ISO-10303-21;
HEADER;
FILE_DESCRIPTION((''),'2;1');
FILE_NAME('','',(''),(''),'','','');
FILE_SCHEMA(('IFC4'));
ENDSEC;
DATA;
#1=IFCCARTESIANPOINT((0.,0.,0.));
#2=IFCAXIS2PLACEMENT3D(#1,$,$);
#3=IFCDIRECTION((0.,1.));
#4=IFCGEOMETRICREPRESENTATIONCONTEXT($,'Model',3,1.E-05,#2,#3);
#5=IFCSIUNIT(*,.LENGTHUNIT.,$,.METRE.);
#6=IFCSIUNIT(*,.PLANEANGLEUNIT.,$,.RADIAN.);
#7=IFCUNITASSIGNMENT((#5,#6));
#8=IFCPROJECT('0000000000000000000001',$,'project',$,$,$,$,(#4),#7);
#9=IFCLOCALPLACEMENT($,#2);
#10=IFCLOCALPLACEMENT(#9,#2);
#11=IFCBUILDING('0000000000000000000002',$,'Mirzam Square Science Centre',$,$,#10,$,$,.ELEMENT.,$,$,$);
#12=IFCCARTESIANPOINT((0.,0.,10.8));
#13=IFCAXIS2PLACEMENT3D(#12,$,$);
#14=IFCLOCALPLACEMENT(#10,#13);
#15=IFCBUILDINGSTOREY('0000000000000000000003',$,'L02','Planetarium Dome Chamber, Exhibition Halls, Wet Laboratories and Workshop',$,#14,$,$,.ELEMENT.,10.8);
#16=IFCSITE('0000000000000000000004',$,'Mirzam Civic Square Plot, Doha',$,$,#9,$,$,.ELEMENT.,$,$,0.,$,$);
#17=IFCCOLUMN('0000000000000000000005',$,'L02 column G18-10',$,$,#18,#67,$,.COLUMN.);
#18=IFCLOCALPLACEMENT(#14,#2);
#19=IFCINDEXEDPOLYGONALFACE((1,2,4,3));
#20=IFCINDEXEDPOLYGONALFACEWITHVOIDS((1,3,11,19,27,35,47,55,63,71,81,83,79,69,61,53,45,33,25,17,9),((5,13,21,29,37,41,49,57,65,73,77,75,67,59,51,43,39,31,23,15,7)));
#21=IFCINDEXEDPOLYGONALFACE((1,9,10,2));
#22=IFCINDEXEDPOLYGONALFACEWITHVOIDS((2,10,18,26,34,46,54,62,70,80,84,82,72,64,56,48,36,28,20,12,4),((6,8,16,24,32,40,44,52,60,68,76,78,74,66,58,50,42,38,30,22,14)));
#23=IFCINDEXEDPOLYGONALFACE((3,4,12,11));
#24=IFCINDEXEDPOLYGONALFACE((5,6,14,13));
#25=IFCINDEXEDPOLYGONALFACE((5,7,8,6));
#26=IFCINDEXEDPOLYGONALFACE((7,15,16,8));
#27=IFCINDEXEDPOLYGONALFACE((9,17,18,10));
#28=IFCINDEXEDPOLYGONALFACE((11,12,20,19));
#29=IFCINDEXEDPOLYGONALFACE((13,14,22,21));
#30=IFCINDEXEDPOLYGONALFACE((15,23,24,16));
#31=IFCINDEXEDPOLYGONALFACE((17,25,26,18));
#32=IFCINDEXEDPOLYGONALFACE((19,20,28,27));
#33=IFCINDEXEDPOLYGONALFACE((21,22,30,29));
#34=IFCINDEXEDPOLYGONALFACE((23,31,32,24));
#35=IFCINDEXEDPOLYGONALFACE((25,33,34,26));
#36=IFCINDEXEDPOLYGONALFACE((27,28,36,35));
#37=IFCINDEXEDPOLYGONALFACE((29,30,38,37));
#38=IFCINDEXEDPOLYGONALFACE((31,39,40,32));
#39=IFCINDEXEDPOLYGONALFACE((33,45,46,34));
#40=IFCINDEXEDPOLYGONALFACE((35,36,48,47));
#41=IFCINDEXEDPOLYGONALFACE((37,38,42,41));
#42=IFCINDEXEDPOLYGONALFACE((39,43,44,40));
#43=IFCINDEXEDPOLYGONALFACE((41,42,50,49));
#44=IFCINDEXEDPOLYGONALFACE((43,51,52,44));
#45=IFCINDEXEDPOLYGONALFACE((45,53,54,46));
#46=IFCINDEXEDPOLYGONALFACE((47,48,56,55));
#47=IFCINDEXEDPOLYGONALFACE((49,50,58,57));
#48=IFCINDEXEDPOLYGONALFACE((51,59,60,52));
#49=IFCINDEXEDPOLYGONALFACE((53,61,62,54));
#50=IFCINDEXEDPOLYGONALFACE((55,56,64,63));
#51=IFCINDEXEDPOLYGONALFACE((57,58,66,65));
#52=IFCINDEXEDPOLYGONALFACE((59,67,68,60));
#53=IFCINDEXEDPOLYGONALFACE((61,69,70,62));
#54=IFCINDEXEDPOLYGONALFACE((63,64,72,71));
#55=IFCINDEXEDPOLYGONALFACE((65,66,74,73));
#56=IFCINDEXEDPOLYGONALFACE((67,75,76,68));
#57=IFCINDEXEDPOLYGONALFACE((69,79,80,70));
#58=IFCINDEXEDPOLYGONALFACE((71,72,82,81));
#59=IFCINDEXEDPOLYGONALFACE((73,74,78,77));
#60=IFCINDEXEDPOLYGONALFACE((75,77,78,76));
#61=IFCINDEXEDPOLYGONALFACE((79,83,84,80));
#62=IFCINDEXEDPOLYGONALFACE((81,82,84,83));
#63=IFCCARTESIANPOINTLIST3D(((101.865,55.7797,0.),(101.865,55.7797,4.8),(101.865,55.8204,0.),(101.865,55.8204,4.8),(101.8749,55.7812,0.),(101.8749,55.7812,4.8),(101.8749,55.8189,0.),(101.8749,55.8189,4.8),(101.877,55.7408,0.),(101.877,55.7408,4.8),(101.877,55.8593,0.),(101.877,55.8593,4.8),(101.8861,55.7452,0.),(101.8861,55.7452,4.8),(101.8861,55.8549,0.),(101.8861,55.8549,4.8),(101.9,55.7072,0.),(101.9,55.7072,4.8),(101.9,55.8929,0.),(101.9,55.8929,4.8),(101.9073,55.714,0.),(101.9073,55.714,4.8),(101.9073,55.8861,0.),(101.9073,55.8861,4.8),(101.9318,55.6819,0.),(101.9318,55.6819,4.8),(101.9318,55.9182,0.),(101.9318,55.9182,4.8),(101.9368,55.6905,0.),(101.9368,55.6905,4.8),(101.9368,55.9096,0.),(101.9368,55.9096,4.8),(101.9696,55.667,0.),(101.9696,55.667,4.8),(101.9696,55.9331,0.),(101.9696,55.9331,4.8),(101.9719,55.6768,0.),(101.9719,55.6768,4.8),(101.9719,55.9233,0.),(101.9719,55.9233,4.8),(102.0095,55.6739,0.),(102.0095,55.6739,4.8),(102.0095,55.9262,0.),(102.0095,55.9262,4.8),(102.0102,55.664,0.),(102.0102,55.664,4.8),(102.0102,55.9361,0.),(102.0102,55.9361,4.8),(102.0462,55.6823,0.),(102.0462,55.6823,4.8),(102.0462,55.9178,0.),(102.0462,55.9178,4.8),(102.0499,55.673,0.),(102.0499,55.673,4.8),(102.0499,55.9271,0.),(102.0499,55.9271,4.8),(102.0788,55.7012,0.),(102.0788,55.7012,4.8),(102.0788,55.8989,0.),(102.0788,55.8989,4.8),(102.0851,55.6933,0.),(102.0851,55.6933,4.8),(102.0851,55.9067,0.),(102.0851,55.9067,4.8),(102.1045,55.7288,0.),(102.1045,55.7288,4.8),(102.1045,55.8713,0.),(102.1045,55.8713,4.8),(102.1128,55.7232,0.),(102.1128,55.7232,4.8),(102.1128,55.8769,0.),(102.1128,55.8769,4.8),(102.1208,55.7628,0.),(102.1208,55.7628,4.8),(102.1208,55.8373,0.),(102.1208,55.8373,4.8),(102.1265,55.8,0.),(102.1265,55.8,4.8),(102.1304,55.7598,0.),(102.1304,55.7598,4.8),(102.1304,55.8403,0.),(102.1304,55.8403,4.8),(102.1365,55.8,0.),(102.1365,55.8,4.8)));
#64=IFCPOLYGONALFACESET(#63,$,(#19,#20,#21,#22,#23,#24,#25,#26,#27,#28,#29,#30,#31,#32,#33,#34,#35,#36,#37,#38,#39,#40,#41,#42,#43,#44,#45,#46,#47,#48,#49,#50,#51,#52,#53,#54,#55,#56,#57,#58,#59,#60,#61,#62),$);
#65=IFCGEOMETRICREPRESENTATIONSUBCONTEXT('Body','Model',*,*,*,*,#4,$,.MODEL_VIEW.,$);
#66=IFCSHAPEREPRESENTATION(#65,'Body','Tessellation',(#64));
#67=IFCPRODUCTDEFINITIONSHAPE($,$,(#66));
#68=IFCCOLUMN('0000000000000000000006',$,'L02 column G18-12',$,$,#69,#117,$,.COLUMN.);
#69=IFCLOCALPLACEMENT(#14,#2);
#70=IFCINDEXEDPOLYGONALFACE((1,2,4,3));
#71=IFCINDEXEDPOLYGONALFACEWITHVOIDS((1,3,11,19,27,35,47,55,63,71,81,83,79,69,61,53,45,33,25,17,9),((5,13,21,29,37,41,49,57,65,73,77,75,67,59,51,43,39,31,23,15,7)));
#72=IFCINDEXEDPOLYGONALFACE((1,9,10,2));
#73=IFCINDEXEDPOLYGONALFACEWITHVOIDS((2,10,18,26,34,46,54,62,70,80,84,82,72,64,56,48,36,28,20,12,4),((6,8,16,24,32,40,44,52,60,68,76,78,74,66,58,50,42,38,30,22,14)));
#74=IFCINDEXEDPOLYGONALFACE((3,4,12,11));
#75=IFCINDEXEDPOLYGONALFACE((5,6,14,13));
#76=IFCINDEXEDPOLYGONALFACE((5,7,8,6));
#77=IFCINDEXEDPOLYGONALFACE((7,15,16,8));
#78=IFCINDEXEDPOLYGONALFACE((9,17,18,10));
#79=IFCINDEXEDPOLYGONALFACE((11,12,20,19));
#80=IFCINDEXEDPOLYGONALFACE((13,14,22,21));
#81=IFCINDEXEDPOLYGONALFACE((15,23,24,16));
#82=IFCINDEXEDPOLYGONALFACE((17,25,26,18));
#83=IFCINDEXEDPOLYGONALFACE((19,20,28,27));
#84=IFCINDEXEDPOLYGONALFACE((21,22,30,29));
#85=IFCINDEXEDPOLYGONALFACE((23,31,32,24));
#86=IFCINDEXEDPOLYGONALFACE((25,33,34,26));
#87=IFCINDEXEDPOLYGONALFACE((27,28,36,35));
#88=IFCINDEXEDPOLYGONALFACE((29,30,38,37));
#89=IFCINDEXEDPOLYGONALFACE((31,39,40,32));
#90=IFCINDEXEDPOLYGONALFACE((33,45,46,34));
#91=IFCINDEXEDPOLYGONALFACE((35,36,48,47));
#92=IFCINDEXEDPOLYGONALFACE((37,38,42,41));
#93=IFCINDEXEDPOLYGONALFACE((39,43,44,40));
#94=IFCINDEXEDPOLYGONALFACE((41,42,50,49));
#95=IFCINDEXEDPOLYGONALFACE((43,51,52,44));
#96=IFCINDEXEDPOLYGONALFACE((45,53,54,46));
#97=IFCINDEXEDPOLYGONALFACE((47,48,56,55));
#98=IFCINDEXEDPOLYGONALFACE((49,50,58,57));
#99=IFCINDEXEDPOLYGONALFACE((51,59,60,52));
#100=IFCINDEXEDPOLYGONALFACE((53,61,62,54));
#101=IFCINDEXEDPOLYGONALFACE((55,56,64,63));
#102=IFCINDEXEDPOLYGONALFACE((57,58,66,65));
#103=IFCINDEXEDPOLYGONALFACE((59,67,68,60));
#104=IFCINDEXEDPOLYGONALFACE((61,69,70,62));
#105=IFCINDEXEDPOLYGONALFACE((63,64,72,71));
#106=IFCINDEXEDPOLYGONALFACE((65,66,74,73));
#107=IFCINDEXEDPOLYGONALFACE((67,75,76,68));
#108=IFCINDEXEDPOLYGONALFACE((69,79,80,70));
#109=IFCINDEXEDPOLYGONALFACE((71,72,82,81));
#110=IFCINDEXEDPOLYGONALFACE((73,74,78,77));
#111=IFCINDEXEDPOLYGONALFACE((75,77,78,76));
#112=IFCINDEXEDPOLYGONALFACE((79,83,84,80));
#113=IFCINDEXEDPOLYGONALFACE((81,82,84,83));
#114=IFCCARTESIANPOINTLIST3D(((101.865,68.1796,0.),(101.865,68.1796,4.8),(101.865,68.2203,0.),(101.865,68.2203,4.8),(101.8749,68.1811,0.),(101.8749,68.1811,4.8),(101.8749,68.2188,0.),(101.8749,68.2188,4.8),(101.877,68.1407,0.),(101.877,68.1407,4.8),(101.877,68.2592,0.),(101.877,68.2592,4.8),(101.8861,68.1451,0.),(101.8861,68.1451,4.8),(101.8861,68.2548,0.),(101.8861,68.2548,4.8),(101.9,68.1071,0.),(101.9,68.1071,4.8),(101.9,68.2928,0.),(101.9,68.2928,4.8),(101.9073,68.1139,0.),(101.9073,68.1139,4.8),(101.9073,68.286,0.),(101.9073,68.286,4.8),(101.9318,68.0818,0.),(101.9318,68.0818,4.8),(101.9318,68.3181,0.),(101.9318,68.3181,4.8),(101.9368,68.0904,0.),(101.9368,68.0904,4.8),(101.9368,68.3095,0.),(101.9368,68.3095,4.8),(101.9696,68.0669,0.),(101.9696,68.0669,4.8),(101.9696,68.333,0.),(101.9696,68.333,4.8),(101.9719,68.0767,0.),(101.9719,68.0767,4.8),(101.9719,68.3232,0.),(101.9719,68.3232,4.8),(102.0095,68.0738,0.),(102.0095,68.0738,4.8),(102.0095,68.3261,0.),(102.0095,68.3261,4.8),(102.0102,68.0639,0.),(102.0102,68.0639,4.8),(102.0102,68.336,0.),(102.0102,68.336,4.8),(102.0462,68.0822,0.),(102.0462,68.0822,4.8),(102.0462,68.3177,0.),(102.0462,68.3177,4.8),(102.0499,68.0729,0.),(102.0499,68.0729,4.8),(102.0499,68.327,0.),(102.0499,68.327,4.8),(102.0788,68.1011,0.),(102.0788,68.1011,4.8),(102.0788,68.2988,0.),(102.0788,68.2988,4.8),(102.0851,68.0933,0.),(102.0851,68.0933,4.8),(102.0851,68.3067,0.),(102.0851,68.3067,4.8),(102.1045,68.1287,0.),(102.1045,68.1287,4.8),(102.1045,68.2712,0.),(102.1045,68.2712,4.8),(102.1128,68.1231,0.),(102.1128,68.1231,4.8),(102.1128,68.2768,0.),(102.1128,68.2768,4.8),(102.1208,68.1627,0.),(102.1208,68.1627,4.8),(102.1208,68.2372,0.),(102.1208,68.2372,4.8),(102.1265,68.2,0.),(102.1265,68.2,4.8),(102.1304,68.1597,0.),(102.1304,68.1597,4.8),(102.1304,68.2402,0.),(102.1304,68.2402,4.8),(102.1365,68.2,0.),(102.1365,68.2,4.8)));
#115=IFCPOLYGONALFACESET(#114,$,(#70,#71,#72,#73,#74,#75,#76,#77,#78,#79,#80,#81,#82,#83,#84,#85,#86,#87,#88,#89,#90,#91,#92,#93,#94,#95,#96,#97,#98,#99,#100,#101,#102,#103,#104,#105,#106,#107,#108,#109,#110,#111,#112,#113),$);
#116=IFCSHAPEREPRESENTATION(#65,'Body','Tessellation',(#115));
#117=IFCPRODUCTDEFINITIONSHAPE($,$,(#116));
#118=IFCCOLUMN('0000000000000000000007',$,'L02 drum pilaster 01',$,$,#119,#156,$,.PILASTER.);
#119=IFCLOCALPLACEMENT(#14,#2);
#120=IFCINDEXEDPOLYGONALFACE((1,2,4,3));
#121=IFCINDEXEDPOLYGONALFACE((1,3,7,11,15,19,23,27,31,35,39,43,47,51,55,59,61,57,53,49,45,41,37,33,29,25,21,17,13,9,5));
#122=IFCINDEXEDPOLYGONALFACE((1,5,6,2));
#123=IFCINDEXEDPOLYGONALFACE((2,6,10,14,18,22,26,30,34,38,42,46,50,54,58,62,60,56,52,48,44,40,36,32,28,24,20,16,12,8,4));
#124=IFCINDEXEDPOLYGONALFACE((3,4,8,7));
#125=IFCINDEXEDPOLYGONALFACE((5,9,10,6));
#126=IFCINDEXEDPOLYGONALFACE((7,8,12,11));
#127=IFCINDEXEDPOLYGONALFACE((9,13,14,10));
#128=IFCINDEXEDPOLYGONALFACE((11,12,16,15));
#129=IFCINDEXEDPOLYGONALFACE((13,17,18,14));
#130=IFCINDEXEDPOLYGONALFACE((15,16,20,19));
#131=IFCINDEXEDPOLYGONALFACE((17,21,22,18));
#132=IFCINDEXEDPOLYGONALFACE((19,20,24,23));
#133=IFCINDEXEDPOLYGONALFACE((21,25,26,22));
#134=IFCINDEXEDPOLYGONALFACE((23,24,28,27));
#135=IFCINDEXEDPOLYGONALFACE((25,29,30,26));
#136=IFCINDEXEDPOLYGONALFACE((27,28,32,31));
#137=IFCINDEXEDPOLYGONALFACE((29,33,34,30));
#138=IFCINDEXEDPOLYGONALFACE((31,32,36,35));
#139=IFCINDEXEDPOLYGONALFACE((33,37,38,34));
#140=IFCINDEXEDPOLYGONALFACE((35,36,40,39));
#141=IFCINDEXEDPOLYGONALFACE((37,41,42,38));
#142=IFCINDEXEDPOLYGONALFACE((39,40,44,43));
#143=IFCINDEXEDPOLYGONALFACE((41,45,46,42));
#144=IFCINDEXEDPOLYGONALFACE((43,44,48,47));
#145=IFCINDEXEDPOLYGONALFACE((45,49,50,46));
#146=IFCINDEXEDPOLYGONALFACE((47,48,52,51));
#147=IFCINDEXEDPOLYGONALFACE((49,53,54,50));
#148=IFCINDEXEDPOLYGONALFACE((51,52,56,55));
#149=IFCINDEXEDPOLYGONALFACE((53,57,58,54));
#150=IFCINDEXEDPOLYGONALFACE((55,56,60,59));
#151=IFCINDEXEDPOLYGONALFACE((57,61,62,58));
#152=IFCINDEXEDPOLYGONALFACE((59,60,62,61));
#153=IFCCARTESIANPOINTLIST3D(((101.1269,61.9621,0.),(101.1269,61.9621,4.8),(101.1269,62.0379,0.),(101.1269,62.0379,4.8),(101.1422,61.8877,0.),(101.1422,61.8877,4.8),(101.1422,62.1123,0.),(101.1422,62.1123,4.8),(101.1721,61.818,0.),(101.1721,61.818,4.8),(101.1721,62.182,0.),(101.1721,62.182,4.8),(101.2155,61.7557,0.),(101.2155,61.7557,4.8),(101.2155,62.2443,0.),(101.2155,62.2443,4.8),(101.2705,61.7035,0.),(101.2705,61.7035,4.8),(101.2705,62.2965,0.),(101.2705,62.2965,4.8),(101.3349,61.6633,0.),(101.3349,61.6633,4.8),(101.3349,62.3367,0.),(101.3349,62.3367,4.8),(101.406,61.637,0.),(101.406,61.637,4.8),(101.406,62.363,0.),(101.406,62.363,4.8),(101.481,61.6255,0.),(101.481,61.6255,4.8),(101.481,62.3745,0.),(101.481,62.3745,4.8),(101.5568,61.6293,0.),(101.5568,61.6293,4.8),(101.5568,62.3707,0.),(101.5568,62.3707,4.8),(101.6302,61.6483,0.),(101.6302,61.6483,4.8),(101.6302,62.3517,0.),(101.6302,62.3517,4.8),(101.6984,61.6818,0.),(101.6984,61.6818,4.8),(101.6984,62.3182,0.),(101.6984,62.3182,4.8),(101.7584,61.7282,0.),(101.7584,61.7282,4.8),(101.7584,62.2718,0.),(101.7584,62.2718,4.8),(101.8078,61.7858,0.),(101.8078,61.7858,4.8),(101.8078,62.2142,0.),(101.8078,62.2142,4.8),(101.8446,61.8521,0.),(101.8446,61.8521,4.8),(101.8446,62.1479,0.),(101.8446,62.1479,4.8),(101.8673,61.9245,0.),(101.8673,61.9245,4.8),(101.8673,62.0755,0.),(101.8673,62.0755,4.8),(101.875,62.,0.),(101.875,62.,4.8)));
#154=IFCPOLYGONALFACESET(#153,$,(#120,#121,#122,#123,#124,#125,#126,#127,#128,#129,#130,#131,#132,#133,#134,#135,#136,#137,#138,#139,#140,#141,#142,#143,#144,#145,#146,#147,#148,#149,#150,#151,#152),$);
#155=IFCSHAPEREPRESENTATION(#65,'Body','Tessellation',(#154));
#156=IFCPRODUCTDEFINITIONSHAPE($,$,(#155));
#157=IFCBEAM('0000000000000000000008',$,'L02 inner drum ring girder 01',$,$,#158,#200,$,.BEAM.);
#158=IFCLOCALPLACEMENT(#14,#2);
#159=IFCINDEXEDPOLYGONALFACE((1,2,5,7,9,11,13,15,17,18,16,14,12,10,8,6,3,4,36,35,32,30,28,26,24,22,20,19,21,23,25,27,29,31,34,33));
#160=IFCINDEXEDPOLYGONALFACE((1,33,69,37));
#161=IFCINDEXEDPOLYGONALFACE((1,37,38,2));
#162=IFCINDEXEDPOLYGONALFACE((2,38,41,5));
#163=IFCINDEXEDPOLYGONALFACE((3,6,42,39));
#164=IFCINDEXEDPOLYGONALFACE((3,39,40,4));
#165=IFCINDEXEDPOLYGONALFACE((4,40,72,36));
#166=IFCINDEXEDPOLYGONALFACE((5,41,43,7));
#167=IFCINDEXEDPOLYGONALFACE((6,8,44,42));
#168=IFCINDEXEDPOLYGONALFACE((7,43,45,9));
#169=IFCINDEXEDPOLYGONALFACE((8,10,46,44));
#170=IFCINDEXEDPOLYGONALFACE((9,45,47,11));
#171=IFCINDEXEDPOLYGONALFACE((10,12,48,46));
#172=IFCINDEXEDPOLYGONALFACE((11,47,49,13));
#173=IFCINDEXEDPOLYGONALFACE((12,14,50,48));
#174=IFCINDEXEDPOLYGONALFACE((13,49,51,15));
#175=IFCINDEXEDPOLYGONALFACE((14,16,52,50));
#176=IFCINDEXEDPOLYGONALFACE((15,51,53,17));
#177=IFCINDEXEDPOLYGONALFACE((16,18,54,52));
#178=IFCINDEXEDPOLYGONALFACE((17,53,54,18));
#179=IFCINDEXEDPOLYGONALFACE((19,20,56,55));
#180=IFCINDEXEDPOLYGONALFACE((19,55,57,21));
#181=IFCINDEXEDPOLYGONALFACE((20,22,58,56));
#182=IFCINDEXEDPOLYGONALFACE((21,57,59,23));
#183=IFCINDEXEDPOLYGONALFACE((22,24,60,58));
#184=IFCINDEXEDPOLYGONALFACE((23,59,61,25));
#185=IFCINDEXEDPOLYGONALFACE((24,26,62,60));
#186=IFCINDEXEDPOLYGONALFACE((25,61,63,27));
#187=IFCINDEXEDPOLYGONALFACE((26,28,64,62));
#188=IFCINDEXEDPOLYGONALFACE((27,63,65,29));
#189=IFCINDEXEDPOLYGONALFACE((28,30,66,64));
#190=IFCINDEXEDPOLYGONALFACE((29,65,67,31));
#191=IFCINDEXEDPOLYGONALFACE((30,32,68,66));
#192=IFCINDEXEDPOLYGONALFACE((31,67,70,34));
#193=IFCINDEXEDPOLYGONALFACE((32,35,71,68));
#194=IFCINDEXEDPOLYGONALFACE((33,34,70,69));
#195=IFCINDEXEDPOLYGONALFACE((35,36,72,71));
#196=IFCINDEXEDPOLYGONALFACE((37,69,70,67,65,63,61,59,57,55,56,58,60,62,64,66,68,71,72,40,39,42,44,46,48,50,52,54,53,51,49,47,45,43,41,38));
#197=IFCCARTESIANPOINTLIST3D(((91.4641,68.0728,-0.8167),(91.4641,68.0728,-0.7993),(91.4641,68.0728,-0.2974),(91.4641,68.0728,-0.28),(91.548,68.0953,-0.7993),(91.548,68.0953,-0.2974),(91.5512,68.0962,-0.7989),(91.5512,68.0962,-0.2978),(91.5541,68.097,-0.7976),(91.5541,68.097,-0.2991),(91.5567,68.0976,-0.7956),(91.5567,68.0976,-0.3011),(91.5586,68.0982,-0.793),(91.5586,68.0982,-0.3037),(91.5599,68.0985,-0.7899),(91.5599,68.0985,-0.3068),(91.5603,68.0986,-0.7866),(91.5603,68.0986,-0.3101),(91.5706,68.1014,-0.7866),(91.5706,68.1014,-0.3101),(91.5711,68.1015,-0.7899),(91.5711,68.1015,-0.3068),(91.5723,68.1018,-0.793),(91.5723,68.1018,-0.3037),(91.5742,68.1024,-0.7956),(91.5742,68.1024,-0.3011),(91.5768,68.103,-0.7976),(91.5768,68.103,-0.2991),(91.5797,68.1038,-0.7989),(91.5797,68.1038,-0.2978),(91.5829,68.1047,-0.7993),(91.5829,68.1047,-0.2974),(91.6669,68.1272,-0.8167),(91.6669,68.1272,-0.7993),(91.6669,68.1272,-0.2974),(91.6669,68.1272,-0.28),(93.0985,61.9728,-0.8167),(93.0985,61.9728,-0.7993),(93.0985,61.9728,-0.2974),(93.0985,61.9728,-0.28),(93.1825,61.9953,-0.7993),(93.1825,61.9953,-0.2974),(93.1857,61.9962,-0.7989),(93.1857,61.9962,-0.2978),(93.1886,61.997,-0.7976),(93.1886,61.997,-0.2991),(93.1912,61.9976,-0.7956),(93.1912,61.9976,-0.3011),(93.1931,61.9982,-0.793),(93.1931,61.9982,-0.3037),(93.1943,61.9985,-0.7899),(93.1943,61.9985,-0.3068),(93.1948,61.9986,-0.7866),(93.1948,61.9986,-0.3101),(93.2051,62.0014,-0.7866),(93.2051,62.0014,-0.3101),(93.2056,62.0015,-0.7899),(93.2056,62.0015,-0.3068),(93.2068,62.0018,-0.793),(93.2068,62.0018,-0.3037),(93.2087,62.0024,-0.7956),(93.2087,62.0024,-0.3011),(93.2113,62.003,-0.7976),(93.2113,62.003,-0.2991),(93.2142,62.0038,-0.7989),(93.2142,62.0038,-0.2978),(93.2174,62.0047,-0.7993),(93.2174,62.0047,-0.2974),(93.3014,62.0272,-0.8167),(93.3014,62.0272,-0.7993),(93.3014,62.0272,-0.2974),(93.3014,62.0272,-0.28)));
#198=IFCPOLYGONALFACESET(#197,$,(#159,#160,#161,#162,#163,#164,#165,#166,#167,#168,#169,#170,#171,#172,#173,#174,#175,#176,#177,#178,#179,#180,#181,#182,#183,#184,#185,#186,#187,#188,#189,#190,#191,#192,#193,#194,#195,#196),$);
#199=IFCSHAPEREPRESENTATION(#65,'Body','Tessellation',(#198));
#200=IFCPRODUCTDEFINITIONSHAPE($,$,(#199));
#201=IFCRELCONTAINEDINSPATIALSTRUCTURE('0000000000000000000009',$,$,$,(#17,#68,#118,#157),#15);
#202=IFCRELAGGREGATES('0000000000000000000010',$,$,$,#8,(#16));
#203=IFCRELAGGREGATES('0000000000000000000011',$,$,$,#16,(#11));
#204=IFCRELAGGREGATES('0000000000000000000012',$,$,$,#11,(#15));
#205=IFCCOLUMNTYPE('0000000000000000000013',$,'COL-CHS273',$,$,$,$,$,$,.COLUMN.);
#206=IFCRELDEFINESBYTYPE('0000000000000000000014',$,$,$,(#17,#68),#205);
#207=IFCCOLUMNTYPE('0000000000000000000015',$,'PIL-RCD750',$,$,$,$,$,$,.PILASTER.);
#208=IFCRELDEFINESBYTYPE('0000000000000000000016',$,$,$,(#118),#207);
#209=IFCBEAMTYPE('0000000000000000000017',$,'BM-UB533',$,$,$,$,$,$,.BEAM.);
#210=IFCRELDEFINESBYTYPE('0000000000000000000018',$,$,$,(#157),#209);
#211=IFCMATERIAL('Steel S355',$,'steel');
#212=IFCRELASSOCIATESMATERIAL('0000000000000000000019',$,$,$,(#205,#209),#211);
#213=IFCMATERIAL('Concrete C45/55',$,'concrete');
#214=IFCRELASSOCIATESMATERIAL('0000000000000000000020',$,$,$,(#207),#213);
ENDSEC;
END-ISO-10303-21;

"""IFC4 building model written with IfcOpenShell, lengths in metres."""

from ifc_helpers import new_model, si_unit, direction, frame, origin, origin_2d, place, context, subcontext, project, spatial, circle, hollow_circle, i_section, extrude, material, material_profile, profile_set, type_object, element, save


model = new_model("IFC4")

# Units and contexts
model_context = context("Model", 3, precision=1e-05, world=origin(), true_north=direction((0.0, 1.0)))
body_context = subcontext(model_context, "Body", "Model", "MODEL_VIEW")
ifc_project = project(units=[si_unit("LENGTHUNIT", "METRE"), si_unit("PLANEANGLEUNIT", "RADIAN")], contexts=[model_context])

# Site, building, storey
site_placement = place(None, origin())
site = spatial("IfcSite", under=ifc_project, at=site_placement, Name="Mirzam Civic Square Plot, Doha", CompositionType="ELEMENT", RefElevation=0.0)
building_placement = place(site_placement, origin())
building = spatial("IfcBuilding", under=site, at=building_placement, Name="Mirzam Square Science Centre", CompositionType="ELEMENT")
storey_placement = place(building_placement, frame((0.0, 0.0, 10.8)))
storey = spatial("IfcBuildingStorey", under=building, at=storey_placement, Name="L02", Description="Planetarium Dome Chamber, Exhibition Halls, Wet Laboratories and Workshop", CompositionType="ELEMENT", Elevation=10.8)

# Columns
ifc_material_1 = material(Name="Steel S355", Category="steel")
ifc_material_profile_1 = material_profile(ifc_material_1, hollow_circle(Radius=0.1365, WallThickness=0.01, at=origin_2d()), Name="273.0x10.0CHS")
ifc_profile_set_1 = profile_set([ifc_material_profile_1], Name="Steel S355")
column_type_1 = type_object("IfcColumnType", Name="COL-CHS273", PredefinedType="COLUMN", material=ifc_profile_set_1)
for number, where, z_axis, x_axis, name in (
    (1, (102.0, 55.8, 0.0), (0.0, 0.0, 1.0), (1.0, 0.0, 0.0), "L02 column G18-10"),
    (2, (102.0, 68.2, 0.0), (0.0, 0.0, 1.0), (1.0, 0.0, 0.0), "L02 column G18-12"),
):
    element("IfcColumn", number, at=place(storey_placement, frame(where, z_axis=z_axis, x_axis=x_axis)), inside=storey, type_object=column_type_1, Name=name, PredefinedType="COLUMN", context=body_context, shape_type="SweptSolid", body=[
        extrude(hollow_circle(Radius=0.1365, WallThickness=0.01, at=origin_2d()), origin(), (0.0, 0.0, 1.0), 4.8),
    ])
ifc_material_2 = material(Name="Concrete C45/55", Category="concrete")
ifc_material_profile_2 = material_profile(ifc_material_2, circle(Radius=0.375, at=origin_2d()), Name="RCD750")
ifc_profile_set_2 = profile_set([ifc_material_profile_2], Name="Concrete C45/55")
column_type_2 = type_object("IfcColumnType", Name="PIL-RCD750", PredefinedType="PILASTER", material=ifc_profile_set_2)
column_placement = place(storey_placement, frame((101.5, 62.0, 0.0), z_axis=(0.0, 0.0, 1.0), x_axis=(1.0, 0.0, 0.0)))
element("IfcColumn", 3, at=column_placement, inside=storey, type_object=column_type_2, Name="L02 drum pilaster 01", PredefinedType="PILASTER", context=body_context, shape_type="SweptSolid", body=[
    extrude(circle(Radius=0.375, at=origin_2d()), origin(), (0.0, 0.0, 1.0), 4.8),
])

# Beam
ifc_material_profile_3 = material_profile(ifc_material_1, i_section(OverallWidth=0.21, OverallDepth=0.5366, WebThickness=0.0107, FlangeThickness=0.0173, FilletRadius=0.0127, at=origin_2d()), Name="533x210x101UB")
ifc_profile_set_3 = profile_set([ifc_material_profile_3], Name="Steel S355")
beam_type_1 = type_object("IfcBeamType", Name="BM-UB533", PredefinedType="BEAM", material=ifc_profile_set_3)
beam_1_placement = place(storey_placement, frame((93.2, 62.0, -0.5483), z_axis=(-0.25882, 0.965926, 0.0), x_axis=(-0.965926, -0.25882, 0.0)))
element("IfcBeam", 4, at=beam_1_placement, inside=storey, type_object=beam_type_1, Name="L02 inner drum ring girder 01", PredefinedType="BEAM", context=body_context, shape_type="SweptSolid", body=[
    extrude(i_section(OverallWidth=0.21, OverallDepth=0.5366, WebThickness=0.0107, FlangeThickness=0.0173, FilletRadius=0.0127, at=origin_2d()), origin(), (0.0, 0.0, 1.0), 6.3152),
])

save(model, "model.ifc")
